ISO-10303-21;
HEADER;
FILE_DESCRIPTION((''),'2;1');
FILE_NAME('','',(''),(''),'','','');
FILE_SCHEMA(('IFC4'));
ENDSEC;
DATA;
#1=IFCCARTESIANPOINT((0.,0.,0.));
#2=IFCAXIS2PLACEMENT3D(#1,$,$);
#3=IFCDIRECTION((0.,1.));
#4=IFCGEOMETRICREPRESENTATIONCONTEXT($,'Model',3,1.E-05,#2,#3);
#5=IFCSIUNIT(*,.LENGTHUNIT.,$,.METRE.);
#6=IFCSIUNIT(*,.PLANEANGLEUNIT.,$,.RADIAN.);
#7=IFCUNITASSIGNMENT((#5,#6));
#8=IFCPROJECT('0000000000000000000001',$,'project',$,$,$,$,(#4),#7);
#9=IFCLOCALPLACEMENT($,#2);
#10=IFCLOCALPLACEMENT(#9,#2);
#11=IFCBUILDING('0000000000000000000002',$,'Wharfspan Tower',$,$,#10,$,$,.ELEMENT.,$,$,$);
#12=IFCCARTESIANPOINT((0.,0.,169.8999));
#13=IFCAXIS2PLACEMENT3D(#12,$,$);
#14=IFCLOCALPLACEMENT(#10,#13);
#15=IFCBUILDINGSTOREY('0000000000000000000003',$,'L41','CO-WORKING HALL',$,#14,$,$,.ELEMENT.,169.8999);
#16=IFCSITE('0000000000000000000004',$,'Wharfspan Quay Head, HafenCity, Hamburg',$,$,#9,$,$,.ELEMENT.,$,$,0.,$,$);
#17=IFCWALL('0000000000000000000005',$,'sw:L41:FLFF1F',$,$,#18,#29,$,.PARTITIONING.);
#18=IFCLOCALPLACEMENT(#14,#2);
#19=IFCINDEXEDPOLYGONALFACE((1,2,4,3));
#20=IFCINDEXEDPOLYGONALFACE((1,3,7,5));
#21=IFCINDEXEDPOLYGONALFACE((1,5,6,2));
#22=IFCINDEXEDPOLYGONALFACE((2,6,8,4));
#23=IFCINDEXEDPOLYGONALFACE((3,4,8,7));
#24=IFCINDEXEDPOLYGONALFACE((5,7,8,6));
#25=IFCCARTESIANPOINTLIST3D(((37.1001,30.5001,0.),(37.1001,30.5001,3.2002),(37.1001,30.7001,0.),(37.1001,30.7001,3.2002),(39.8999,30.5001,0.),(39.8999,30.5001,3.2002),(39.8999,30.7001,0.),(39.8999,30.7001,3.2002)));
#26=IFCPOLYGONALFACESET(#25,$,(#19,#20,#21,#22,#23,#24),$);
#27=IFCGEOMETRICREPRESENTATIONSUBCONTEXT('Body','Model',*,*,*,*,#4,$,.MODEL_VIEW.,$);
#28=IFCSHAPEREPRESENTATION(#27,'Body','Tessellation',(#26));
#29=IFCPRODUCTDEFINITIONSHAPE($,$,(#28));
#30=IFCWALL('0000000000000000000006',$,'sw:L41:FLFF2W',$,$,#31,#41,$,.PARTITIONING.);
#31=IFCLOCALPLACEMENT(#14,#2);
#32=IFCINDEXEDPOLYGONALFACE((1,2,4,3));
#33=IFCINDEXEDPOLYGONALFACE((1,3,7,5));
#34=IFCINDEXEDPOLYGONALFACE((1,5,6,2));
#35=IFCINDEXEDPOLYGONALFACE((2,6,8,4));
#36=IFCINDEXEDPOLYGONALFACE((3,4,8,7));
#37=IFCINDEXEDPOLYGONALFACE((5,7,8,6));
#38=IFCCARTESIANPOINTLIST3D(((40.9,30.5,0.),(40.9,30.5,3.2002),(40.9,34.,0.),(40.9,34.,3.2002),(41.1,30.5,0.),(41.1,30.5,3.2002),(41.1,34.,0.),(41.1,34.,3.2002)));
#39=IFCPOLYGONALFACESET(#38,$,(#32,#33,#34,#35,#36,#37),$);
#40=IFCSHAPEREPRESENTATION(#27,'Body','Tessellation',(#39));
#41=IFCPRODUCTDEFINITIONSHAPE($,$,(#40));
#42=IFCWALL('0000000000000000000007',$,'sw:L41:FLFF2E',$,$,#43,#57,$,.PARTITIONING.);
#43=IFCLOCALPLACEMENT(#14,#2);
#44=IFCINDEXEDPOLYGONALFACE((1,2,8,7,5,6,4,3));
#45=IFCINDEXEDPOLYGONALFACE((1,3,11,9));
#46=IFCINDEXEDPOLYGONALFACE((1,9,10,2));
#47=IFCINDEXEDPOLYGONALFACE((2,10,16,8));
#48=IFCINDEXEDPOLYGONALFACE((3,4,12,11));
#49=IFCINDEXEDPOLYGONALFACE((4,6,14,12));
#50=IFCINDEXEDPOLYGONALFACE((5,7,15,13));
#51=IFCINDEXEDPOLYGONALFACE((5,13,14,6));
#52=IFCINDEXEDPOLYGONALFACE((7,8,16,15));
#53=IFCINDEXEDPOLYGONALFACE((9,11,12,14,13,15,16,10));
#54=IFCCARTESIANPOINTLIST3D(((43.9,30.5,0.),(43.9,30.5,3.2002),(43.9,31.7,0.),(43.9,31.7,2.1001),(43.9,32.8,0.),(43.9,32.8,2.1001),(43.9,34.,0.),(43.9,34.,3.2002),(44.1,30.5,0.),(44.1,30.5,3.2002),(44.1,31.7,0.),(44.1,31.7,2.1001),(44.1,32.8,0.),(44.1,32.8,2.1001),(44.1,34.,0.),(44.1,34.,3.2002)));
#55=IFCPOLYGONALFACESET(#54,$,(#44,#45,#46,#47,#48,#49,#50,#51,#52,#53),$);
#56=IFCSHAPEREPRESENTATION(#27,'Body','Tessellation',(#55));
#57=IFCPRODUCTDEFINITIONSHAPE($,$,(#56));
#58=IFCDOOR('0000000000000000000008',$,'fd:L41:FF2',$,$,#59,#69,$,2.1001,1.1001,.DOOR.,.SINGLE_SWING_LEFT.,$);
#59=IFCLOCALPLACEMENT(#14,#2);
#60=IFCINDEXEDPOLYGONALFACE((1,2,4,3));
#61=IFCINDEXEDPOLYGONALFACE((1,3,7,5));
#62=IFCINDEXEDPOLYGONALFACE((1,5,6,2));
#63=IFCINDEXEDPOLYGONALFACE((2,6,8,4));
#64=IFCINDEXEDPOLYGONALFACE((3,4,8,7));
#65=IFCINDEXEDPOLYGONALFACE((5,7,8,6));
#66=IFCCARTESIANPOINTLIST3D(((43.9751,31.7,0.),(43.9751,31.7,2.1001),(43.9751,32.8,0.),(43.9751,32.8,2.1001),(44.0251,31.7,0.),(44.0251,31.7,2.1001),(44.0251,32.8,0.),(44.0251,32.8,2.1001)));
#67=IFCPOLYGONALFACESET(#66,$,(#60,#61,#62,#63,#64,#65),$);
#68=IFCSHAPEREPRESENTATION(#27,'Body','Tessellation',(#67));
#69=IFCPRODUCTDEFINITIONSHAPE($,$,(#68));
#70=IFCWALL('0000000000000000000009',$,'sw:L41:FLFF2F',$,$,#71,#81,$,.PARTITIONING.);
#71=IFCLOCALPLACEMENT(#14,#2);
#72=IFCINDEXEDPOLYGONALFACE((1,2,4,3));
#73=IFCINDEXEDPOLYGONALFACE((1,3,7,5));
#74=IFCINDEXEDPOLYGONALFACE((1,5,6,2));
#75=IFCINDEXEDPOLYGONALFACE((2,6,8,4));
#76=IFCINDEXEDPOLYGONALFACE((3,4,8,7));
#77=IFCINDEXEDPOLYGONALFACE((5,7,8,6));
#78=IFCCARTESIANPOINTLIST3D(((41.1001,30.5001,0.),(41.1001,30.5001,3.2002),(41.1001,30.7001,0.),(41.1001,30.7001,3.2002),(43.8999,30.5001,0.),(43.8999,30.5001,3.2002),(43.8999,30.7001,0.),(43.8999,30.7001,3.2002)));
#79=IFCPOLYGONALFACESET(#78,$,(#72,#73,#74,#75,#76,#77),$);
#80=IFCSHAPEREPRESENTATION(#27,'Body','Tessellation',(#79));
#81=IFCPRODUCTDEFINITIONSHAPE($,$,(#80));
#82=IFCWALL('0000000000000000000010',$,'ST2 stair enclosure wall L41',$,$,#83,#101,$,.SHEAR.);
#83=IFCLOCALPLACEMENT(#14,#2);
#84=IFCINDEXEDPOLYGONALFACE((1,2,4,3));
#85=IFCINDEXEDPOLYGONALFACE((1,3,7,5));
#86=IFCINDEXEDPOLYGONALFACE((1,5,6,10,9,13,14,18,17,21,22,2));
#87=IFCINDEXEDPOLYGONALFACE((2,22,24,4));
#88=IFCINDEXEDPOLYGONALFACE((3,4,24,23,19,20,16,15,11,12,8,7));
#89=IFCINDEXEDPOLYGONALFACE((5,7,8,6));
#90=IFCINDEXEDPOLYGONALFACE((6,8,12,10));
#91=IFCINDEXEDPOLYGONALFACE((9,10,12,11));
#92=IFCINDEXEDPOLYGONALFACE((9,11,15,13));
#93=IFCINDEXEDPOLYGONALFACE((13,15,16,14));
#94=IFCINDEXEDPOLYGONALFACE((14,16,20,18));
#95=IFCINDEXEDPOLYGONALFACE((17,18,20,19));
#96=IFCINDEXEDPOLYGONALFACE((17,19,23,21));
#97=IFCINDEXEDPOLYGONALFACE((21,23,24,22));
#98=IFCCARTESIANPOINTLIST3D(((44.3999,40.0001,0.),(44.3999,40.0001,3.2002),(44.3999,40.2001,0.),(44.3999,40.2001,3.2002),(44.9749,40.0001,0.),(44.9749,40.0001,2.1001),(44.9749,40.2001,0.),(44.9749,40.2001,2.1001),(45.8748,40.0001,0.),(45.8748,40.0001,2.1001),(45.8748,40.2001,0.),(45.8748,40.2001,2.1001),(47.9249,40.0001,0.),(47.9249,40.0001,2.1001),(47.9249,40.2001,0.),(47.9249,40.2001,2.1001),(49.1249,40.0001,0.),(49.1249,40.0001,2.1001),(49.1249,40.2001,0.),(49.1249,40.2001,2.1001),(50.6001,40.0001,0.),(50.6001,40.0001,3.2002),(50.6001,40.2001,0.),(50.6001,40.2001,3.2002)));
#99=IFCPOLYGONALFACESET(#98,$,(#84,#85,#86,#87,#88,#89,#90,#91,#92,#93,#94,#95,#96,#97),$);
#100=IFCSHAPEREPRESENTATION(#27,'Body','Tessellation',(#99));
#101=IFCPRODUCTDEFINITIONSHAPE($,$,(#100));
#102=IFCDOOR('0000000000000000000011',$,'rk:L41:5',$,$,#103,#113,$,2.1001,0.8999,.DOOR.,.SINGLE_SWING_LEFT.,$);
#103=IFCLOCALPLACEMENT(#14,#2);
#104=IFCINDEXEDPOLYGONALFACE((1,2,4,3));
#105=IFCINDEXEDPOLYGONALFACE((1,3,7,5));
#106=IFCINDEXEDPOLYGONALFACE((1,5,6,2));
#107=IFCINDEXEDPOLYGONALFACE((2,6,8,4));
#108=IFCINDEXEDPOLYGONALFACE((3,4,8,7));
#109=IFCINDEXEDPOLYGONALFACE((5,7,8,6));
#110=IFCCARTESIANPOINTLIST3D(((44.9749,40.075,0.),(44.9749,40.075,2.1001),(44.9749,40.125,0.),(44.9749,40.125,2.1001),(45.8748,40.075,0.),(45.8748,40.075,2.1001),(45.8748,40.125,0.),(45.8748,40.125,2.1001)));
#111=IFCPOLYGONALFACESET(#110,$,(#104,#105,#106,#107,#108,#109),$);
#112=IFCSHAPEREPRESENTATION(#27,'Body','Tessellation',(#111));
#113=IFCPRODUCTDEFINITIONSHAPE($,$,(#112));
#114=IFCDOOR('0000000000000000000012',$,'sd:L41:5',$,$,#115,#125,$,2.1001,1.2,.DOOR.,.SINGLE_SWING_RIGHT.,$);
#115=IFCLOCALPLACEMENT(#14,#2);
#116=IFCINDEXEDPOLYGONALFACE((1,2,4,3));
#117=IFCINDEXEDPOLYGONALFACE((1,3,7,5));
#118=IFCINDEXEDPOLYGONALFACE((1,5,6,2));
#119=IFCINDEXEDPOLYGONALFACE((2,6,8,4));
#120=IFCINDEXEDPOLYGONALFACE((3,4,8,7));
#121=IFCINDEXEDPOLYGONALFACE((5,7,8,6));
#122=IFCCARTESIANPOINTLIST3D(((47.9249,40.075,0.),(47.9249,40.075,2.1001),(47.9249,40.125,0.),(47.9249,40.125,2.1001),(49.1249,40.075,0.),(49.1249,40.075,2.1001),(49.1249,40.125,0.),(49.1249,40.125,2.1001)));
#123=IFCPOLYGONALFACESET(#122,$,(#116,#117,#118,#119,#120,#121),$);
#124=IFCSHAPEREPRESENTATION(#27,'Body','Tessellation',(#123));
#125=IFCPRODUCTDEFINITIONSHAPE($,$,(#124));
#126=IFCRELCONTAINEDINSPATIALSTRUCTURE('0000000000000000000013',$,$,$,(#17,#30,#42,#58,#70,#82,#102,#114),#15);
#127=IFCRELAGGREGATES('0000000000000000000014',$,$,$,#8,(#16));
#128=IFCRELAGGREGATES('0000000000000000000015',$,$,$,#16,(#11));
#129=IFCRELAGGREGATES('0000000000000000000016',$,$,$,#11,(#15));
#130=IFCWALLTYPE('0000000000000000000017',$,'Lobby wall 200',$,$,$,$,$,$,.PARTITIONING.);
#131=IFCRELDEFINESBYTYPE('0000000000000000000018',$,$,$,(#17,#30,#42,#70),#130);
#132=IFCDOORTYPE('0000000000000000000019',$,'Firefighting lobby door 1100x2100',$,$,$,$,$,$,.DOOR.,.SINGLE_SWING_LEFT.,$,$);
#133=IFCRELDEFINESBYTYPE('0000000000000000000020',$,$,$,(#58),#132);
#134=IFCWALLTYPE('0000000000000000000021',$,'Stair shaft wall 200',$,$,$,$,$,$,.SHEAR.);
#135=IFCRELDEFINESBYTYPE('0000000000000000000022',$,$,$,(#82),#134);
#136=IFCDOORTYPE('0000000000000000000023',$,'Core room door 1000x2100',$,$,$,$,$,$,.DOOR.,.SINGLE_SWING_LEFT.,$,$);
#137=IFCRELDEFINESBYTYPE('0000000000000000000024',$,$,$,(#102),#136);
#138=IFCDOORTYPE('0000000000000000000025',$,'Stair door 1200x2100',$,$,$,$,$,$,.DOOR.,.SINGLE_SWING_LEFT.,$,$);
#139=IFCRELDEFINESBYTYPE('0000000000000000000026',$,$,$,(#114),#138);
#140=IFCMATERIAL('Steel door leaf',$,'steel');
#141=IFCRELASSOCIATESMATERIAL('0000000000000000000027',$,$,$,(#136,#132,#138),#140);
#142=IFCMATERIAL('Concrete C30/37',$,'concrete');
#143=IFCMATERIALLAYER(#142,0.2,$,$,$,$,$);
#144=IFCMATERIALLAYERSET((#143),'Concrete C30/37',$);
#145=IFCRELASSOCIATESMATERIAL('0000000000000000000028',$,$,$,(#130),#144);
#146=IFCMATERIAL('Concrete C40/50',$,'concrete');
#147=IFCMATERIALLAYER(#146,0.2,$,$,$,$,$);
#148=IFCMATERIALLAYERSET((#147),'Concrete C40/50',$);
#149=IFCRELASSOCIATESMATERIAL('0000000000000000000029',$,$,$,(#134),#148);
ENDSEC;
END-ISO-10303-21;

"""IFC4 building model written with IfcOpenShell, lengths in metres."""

from ifc_helpers import new_model, si_unit, direction, frame, frame_2d, origin, place, context, subcontext, project, spatial, rectangle, extrude, material, layer, layer_set, type_object, element, fill, save


model = new_model("IFC4")

# Units and contexts
model_context = context("Model", 3, precision=1e-05, world=origin(), true_north=direction((0.0, 1.0)))
body_context = subcontext(model_context, "Body", "Model", "MODEL_VIEW")
ifc_project = project(units=[si_unit("LENGTHUNIT", "METRE"), si_unit("PLANEANGLEUNIT", "RADIAN")], contexts=[model_context])

# Site, building, storey
site_placement = place(None, origin())
site = spatial("IfcSite", under=ifc_project, at=site_placement, Name="Wharfspan Quay Head, HafenCity, Hamburg", CompositionType="ELEMENT", RefElevation=0.0)
building_placement = place(site_placement, origin())
building = spatial("IfcBuilding", under=site, at=building_placement, Name="Wharfspan Tower", CompositionType="ELEMENT")
storey_placement = place(building_placement, frame((0.0, 0.0, 169.8999)))
storey = spatial("IfcBuildingStorey", under=building, at=storey_placement, Name="L41", Description="CO-WORKING HALL", CompositionType="ELEMENT", Elevation=169.8999)

# Shared definitions
ifc_material_1 = material(Name="Steel door leaf", Category="steel")
door_type_1 = type_object("IfcDoorType", Name="Core room door 1000x2100", OperationType="SINGLE_SWING_LEFT", PredefinedType="DOOR", material=ifc_material_1)

# Shared definitions
ifc_material_2 = material(Name="Concrete C30/37", Category="concrete")
ifc_layer_1 = layer(ifc_material_2, 0.2)
ifc_layer_set_1 = layer_set([ifc_layer_1], Name="Concrete C30/37")
wall_type_1 = type_object("IfcWallType", Name="Lobby wall 200", PredefinedType="PARTITIONING", material=ifc_layer_set_1)
door_type_2 = type_object("IfcDoorType", Name="Firefighting lobby door 1100x2100", OperationType="SINGLE_SWING_LEFT", PredefinedType="DOOR", material=ifc_material_1)

# Walls
wall_1_placement = place(storey_placement, frame((37.1001, 30.6001, 0.0), z_axis=(0.0, 0.0, 1.0), x_axis=(1.0, 0.0, 0.0)))
element("IfcWall", 1, at=wall_1_placement, inside=storey, type_object=wall_type_1, Name="sw:L41:FLFF1F", PredefinedType="PARTITIONING", context=body_context, shape_type="SweptSolid", body=[
    extrude(rectangle(XDim=2.7998, YDim=0.2, at=frame_2d((1.3999, 0.0))), origin(), (0.0, 0.0, 1.0), 3.2002),
])
wall_2_placement = place(storey_placement, frame((41.0, 30.5, 0.0), z_axis=(0.0, 0.0, 1.0), x_axis=(0.0, 1.0, 0.0)))
element("IfcWall", 2, at=wall_2_placement, inside=storey, type_object=wall_type_1, Name="sw:L41:FLFF2W", PredefinedType="PARTITIONING", context=body_context, shape_type="SweptSolid", body=[
    extrude(rectangle(XDim=3.5, YDim=0.2, at=frame_2d((1.75, 0.0))), origin(), (0.0, 0.0, 1.0), 3.2002),
])

# Wall, opening, door
wall_3_placement = place(storey_placement, frame((44.0, 30.5, 0.0), z_axis=(0.0, 0.0, 1.0), x_axis=(0.0, 1.0, 0.0)))
wall_3 = element("IfcWall", 3, at=wall_3_placement, inside=storey, type_object=wall_type_1, Name="sw:L41:FLFF2E", PredefinedType="PARTITIONING", context=body_context, shape_type="SweptSolid", body=[
    extrude(rectangle(XDim=3.5, YDim=0.2, at=frame_2d((1.75, 0.0))), origin(), (0.0, 0.0, 1.0), 3.2002),
])
opening_1_placement = place(wall_3_placement, frame((1.2, 0.0, 0.0)))
opening_1 = element("IfcOpeningElement", 4, at=opening_1_placement, cuts=wall_3, PredefinedType="OPENING", context=body_context, shape_type="SweptSolid", body=[
    extrude(rectangle(XDim=1.1001, YDim=2.1001, at=frame_2d((0.55, 1.05))), frame((0.0, 0.1099, 0.0), z_axis=(0.0, -1.0, 0.0), x_axis=(1.0, 0.0, 0.0)), (0.0, 0.0, 1.0), 0.22),
])
door_1_placement = place(opening_1_placement, origin())
door_1 = element("IfcDoor", 5, at=door_1_placement, inside=storey, type_object=door_type_2, Name="fd:L41:FF2", OperationType="SINGLE_SWING_LEFT", OverallHeight=2.1001, OverallWidth=1.1001, PredefinedType="DOOR", context=body_context, shape_type="SweptSolid", body=[
    extrude(rectangle(XDim=1.1001, YDim=2.1001, at=frame_2d((0.55, 1.05))), frame((0.0, 0.0249, 0.0), z_axis=(0.0, -1.0, 0.0), x_axis=(1.0, 0.0, 0.0)), (0.0, 0.0, 1.0), 0.05),
])
fill(opening_1, door_1)

# Wall
wall_4_placement = place(storey_placement, frame((41.1001, 30.6001, 0.0), z_axis=(0.0, 0.0, 1.0), x_axis=(1.0, 0.0, 0.0)))
element("IfcWall", 6, at=wall_4_placement, inside=storey, type_object=wall_type_1, Name="sw:L41:FLFF2F", PredefinedType="PARTITIONING", context=body_context, shape_type="SweptSolid", body=[
    extrude(rectangle(XDim=2.7998, YDim=0.2, at=frame_2d((1.3999, 0.0))), origin(), (0.0, 0.0, 1.0), 3.2002),
])

# Wall, openings, doors
ifc_material_3 = material(Name="Concrete C40/50", Category="concrete")
ifc_layer_2 = layer(ifc_material_3, 0.2)
ifc_layer_set_2 = layer_set([ifc_layer_2], Name="Concrete C40/50")
wall_type_2 = type_object("IfcWallType", Name="Stair shaft wall 200", PredefinedType="SHEAR", material=ifc_layer_set_2)
wall_5_placement = place(storey_placement, frame((44.3999, 40.1001, 0.0), z_axis=(0.0, 0.0, 1.0), x_axis=(1.0, 0.0, 0.0)))
wall_5 = element("IfcWall", 7, at=wall_5_placement, inside=storey, type_object=wall_type_2, Name="ST2 stair enclosure wall L41", PredefinedType="SHEAR", context=body_context, shape_type="SweptSolid", body=[
    extrude(rectangle(XDim=6.2002, YDim=0.2, at=frame_2d((3.1001, 0.0))), origin(), (0.0, 0.0, 1.0), 3.2002),
])
opening_2_placement = place(wall_5_placement, frame((3.5249, 0.0, 0.0)))
opening_2 = element("IfcOpeningElement", 8, at=opening_2_placement, cuts=wall_5, PredefinedType="OPENING", context=body_context, shape_type="SweptSolid", body=[
    extrude(rectangle(XDim=1.2, YDim=2.1001, at=frame_2d((0.6001, 1.05))), frame((0.0, 0.1099, 0.0), z_axis=(0.0, -1.0, 0.0), x_axis=(1.0, 0.0, 0.0)), (0.0, 0.0, 1.0), 0.22),
])
opening_3_placement = place(wall_5_placement, frame((0.575, 0.0, 0.0)))
opening_3 = element("IfcOpeningElement", 9, at=opening_3_placement, cuts=wall_5, PredefinedType="OPENING", context=body_context, shape_type="SweptSolid", body=[
    extrude(rectangle(XDim=0.8999, YDim=2.1001, at=frame_2d((0.45, 1.05))), frame((0.0, 0.1099, 0.0), z_axis=(0.0, -1.0, 0.0), x_axis=(1.0, 0.0, 0.0)), (0.0, 0.0, 1.0), 0.22),
])
door_2_placement = place(opening_3_placement, origin())
door_2 = element("IfcDoor", 10, at=door_2_placement, inside=storey, type_object=door_type_1, Name="rk:L41:5", OperationType="SINGLE_SWING_LEFT", OverallHeight=2.1001, OverallWidth=0.8999, PredefinedType="DOOR", context=body_context, shape_type="SweptSolid", body=[
    extrude(rectangle(XDim=0.8999, YDim=2.1001, at=frame_2d((0.45, 1.05))), frame((0.0, 0.0249, 0.0), z_axis=(0.0, -1.0, 0.0), x_axis=(1.0, 0.0, 0.0)), (0.0, 0.0, 1.0), 0.05),
])
fill(opening_3, door_2)
door_type_3 = type_object("IfcDoorType", Name="Stair door 1200x2100", OperationType="SINGLE_SWING_LEFT", PredefinedType="DOOR", material=ifc_material_1)
door_3_placement = place(opening_2_placement, origin())
door_3 = element("IfcDoor", 11, at=door_3_placement, inside=storey, type_object=door_type_3, Name="sd:L41:5", OperationType="SINGLE_SWING_RIGHT", OverallHeight=2.1001, OverallWidth=1.2, PredefinedType="DOOR", context=body_context, shape_type="SweptSolid", body=[
    extrude(rectangle(XDim=1.2, YDim=2.1001, at=frame_2d((0.6001, 1.05))), frame((0.0, 0.0249, 0.0), z_axis=(0.0, -1.0, 0.0), x_axis=(1.0, 0.0, 0.0)), (0.0, 0.0, 1.0), 0.05),
])
fill(opening_2, door_3)

save(model, "model.ifc")
